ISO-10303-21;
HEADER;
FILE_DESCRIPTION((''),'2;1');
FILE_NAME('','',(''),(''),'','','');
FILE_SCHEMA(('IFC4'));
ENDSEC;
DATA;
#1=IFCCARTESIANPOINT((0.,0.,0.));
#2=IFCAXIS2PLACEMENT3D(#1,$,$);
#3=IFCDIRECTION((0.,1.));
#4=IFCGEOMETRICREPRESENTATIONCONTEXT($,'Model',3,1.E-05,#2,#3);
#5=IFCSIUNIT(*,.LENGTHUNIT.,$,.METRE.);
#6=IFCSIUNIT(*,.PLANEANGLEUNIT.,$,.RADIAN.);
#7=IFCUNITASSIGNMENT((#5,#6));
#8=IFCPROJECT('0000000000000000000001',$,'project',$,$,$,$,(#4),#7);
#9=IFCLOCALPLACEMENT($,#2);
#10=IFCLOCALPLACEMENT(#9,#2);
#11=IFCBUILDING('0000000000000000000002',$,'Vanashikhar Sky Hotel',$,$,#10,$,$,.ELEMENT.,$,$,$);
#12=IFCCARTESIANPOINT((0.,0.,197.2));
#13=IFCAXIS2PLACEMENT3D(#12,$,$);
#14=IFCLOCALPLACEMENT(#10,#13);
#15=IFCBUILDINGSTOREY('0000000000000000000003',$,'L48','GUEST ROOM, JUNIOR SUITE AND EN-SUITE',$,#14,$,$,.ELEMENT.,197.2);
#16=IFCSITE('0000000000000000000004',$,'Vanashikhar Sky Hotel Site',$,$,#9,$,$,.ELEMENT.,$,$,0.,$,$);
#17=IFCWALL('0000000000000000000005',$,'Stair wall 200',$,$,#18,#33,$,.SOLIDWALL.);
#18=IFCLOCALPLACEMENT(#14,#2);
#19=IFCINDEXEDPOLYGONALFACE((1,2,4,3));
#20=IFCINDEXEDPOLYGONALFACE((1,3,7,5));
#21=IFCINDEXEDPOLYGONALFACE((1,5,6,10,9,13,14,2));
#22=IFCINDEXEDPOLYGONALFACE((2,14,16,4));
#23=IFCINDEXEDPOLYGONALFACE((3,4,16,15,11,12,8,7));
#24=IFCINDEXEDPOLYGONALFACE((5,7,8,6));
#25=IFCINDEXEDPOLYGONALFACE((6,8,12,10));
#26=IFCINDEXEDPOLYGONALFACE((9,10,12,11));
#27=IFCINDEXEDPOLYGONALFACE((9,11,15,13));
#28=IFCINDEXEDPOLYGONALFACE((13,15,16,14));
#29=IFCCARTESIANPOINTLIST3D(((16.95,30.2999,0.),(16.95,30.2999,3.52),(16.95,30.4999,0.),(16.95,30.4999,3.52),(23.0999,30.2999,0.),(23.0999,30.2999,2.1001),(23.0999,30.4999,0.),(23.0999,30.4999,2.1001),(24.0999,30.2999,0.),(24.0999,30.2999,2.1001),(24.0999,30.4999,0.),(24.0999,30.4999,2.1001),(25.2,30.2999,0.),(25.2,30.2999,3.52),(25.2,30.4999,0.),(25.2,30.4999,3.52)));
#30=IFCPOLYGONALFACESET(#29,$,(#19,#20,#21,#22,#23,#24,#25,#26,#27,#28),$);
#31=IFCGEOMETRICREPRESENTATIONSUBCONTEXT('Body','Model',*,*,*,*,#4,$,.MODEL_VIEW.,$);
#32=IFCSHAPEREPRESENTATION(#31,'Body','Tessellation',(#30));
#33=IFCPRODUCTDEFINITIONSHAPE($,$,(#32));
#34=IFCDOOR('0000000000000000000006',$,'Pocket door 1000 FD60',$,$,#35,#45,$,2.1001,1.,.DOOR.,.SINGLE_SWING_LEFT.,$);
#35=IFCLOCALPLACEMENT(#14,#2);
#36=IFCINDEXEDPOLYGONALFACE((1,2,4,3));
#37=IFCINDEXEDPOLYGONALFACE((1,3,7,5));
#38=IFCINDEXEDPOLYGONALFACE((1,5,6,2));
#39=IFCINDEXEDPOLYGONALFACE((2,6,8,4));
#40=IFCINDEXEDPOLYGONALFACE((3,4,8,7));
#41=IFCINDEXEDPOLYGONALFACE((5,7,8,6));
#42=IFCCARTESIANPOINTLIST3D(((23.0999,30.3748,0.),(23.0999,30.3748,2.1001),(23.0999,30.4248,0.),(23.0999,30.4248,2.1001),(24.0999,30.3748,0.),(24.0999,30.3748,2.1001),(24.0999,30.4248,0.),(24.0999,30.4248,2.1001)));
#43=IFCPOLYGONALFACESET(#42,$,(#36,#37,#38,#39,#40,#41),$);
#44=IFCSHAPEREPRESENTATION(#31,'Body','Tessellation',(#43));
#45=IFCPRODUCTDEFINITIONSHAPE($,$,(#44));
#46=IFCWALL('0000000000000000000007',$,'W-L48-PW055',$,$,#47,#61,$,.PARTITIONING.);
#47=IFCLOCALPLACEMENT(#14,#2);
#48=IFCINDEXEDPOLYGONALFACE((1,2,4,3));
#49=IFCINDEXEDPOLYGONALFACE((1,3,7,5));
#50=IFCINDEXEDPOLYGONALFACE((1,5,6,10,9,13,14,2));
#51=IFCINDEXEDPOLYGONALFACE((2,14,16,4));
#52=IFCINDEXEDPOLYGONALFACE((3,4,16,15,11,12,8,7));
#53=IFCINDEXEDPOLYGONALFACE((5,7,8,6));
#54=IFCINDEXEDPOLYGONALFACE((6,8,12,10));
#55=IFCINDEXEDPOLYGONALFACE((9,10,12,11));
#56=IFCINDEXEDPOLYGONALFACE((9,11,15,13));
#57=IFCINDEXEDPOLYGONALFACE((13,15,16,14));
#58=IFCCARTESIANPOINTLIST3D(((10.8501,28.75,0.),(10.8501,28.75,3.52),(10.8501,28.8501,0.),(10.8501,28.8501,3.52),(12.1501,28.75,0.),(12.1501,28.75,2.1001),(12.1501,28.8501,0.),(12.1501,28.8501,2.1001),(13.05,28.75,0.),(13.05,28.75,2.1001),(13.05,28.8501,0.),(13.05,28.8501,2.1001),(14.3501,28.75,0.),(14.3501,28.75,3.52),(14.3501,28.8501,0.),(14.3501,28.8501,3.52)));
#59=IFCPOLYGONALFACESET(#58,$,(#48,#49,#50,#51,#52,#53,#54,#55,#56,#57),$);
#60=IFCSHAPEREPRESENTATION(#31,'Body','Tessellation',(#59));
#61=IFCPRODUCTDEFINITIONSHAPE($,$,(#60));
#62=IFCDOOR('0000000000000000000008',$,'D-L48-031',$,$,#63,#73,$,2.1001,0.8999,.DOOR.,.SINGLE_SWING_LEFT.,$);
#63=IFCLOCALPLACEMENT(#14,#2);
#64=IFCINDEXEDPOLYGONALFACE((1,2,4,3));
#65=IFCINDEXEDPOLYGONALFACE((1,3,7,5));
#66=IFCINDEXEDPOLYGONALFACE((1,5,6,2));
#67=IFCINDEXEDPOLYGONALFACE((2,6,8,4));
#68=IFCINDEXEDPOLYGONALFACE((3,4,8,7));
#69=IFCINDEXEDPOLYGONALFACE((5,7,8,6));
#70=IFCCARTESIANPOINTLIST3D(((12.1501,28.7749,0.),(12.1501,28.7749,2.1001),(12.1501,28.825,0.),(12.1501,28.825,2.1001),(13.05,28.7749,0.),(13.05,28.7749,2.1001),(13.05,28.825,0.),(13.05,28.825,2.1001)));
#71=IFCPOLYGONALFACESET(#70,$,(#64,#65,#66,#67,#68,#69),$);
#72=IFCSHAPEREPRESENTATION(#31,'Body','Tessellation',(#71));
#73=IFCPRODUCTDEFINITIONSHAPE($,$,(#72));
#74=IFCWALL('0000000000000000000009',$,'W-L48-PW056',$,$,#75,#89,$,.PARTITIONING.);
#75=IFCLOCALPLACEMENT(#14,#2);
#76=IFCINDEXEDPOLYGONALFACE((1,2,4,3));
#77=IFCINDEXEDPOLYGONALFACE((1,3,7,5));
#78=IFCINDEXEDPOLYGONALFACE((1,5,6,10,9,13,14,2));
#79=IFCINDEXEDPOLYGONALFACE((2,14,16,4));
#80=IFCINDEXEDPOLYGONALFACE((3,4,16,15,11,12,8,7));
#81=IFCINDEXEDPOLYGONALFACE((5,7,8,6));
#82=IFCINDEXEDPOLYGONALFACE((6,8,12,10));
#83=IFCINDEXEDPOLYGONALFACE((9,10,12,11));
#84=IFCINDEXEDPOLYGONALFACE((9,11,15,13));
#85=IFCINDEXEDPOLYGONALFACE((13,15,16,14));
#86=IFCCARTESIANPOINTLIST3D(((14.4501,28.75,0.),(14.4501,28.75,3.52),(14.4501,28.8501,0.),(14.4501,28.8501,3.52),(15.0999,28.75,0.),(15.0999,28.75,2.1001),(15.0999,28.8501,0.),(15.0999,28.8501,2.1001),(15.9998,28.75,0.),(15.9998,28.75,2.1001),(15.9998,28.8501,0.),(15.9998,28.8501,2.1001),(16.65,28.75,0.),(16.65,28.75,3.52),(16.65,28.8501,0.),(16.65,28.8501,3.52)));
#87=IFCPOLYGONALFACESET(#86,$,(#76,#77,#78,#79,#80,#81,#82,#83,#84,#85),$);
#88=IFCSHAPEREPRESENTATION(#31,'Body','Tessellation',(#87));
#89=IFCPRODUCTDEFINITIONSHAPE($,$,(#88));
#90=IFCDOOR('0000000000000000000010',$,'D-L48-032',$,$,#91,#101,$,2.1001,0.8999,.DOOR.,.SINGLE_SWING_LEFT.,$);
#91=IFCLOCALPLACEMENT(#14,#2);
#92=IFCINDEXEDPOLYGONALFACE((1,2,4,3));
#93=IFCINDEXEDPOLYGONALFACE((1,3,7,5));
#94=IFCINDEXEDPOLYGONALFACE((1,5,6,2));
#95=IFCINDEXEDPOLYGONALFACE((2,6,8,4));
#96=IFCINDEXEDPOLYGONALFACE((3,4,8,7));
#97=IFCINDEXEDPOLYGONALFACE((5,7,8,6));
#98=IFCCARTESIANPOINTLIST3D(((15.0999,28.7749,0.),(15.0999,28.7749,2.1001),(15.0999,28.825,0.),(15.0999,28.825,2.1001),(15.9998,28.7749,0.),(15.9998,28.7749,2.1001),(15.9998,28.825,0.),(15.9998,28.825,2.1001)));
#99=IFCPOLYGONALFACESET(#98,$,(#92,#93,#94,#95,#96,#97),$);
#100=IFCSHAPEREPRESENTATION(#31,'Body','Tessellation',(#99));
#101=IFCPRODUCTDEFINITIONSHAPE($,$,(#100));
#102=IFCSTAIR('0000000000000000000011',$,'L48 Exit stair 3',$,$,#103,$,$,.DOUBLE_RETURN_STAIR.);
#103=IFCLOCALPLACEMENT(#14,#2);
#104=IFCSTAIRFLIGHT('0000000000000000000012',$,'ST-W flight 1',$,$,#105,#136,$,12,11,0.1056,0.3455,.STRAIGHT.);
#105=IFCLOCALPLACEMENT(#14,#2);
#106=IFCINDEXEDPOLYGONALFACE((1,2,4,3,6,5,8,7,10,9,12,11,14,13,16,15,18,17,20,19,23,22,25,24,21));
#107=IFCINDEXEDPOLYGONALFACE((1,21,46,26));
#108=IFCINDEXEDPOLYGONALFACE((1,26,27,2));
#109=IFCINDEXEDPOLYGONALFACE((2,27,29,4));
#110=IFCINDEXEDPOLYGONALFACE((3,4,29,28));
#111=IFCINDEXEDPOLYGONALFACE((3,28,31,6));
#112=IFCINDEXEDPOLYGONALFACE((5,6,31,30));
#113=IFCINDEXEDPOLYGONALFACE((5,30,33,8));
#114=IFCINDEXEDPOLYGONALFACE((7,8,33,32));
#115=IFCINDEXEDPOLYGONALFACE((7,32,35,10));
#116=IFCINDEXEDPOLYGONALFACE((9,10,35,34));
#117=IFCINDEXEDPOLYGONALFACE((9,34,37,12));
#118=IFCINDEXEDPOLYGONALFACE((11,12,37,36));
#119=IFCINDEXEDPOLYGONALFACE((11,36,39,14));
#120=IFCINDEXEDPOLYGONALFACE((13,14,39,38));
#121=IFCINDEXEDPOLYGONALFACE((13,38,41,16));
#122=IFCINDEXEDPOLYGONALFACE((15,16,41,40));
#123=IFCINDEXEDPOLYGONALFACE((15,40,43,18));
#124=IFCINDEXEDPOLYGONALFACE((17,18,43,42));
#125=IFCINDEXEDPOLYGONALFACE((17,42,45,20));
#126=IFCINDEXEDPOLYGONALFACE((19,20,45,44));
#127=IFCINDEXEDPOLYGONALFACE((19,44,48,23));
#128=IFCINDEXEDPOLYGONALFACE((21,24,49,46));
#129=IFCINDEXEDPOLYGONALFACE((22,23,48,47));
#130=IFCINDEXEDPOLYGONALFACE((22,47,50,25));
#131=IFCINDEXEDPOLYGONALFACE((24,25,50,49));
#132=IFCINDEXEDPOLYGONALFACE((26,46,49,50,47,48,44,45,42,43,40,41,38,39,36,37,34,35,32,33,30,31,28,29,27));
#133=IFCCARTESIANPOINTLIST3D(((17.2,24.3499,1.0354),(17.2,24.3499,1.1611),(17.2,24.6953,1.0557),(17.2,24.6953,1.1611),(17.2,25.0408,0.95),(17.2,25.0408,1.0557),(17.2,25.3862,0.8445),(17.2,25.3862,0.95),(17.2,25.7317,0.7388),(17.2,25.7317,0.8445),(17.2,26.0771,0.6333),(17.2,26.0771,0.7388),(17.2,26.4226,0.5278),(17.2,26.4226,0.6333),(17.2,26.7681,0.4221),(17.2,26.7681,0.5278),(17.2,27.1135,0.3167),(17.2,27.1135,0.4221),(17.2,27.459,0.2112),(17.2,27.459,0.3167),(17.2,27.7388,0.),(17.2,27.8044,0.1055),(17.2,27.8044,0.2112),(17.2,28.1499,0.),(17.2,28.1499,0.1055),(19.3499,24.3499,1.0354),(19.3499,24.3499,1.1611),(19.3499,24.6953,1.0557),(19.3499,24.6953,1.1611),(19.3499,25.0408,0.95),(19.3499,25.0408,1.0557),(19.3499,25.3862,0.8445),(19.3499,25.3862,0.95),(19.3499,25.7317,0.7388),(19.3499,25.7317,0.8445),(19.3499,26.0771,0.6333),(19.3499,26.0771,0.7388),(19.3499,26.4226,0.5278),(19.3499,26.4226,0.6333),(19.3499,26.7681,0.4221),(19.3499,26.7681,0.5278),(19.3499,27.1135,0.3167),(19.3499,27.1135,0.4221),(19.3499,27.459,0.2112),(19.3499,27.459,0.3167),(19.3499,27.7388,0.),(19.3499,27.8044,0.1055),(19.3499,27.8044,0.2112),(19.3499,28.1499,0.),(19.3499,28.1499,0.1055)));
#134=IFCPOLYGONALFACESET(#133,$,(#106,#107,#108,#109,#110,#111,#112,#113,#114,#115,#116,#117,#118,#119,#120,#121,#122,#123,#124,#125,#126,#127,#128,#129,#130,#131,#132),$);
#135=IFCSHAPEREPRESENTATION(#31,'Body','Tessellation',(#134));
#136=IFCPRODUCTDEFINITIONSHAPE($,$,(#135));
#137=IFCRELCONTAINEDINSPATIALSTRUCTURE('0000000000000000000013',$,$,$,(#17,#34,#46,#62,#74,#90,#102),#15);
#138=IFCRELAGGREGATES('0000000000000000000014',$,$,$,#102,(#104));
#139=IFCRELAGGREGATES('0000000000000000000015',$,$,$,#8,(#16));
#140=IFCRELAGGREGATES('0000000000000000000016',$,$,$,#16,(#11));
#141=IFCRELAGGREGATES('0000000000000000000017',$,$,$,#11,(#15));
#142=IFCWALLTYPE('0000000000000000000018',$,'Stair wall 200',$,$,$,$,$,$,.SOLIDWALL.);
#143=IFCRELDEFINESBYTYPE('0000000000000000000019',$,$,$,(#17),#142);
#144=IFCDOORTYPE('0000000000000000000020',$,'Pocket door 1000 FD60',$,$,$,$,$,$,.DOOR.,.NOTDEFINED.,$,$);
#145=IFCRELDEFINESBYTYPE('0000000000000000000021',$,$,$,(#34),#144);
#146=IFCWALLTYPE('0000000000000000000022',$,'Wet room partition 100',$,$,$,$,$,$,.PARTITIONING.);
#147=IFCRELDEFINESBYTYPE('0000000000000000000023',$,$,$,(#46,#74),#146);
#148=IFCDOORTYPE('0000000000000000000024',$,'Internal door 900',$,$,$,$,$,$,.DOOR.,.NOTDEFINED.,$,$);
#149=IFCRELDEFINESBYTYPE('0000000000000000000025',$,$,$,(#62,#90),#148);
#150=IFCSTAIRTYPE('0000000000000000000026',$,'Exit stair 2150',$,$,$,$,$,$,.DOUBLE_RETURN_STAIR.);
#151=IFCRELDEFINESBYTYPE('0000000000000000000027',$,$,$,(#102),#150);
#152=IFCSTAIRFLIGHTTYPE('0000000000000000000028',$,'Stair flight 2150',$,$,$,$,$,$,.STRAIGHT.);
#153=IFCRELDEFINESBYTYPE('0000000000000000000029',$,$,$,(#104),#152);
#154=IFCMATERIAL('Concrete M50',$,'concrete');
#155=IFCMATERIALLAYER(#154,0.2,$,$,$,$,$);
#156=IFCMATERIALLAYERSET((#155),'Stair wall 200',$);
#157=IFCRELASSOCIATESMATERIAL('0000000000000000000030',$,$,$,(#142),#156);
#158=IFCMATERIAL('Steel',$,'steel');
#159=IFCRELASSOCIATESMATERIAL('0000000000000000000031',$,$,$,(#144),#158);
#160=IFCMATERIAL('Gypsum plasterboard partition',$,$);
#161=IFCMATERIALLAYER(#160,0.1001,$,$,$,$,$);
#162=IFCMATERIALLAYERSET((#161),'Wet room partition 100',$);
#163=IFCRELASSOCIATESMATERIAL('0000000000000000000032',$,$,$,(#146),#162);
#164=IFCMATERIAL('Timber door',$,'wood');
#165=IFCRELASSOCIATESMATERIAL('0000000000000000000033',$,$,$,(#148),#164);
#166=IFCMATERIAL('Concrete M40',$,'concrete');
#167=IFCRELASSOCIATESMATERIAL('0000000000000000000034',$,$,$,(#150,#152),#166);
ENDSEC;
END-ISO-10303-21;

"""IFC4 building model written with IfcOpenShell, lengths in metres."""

from ifc_helpers import new_model, si_unit, direction, frame, frame_2d, origin, place, context, subcontext, project, spatial, polyline, rectangle, outline, extrude, source, transform, mapped, material, layer, layer_set, type_object, element, fill, aggregate, save


model = new_model("IFC4")

# Units and contexts
model_context = context("Model", 3, precision=1e-05, world=origin(), true_north=direction((0.0, 1.0)))
body_context = subcontext(model_context, "Body", "Model", "MODEL_VIEW")
ifc_project = project(units=[si_unit("LENGTHUNIT", "METRE"), si_unit("PLANEANGLEUNIT", "RADIAN")], contexts=[model_context])

# Site, building, storey
site_placement = place(None, origin())
site = spatial("IfcSite", under=ifc_project, at=site_placement, Name="Vanashikhar Sky Hotel Site", CompositionType="ELEMENT", RefElevation=0.0)
building_placement = place(site_placement, origin())
building = spatial("IfcBuilding", under=site, at=building_placement, Name="Vanashikhar Sky Hotel", CompositionType="ELEMENT")
storey_placement = place(building_placement, frame((0.0, 0.0, 197.2)))
storey = spatial("IfcBuildingStorey", under=building, at=storey_placement, Name="L48", Description="GUEST ROOM, JUNIOR SUITE AND EN-SUITE", CompositionType="ELEMENT", Elevation=197.2)

# Shared definitions
ifc_material_1 = material(Name="Concrete M50", Category="concrete")

# Walls, openings, doors
ifc_layer_1 = layer(ifc_material_1, 0.2)
ifc_layer_set_1 = layer_set([ifc_layer_1], Name="Stair wall 200")
wall_type_1 = type_object("IfcWallType", Name="Stair wall 200", PredefinedType="SOLIDWALL", material=ifc_layer_set_1)
shared_shape_1 = source(origin(), body_context, "Body", "SweptSolid", [
    extrude(rectangle(XDim=8.25, YDim=0.2, at=frame_2d((4.125, 0.0))), origin(), (0.0, 0.0, 1.0), 3.52),
])
wall_1_placement = place(storey_placement, frame((16.95, 30.3999, 0.0), z_axis=(0.0, 0.0, 1.0), x_axis=(1.0, 0.0, 0.0)))
wall_1 = element("IfcWall", 1, at=wall_1_placement, inside=storey, type_object=wall_type_1, Name="Stair wall 200", PredefinedType="SOLIDWALL", context=body_context, shape_type="MappedRepresentation", body=[
    mapped(shared_shape_1, transform((0.0, 0.0, 0.0), scale=1.0)),
])
shared_shape_2 = source(origin(), body_context, "Body", "SweptSolid", [
    extrude(rectangle(XDim=1.0, YDim=2.1001, at=frame_2d((0.5, 1.05))), frame((0.0, 0.1099, 0.0), z_axis=(0.0, -1.0, 0.0), x_axis=(1.0, 0.0, 0.0)), (0.0, 0.0, 1.0), 0.22),
])
opening_1_placement = place(wall_1_placement, frame((6.1499, 0.0, 0.0)))
opening_1 = element("IfcOpeningElement", 2, at=opening_1_placement, cuts=wall_1, PredefinedType="OPENING", context=body_context, shape_type="MappedRepresentation", body=[
    mapped(shared_shape_2, transform((0.0, 0.0, 0.0), scale=1.0)),
])
ifc_material_2 = material(Name="Steel", Category="steel")
door_type_1 = type_object("IfcDoorType", Name="Pocket door 1000 FD60", OperationType="NOTDEFINED", PredefinedType="DOOR", material=ifc_material_2)
shared_shape_3 = source(origin(), body_context, "Body", "SweptSolid", [
    extrude(rectangle(XDim=1.0, YDim=2.1001, at=frame_2d((0.5, 1.05))), frame((0.0, 0.0249, 0.0), z_axis=(0.0, -1.0, 0.0), x_axis=(1.0, 0.0, 0.0)), (0.0, 0.0, 1.0), 0.05),
])
door_1_placement = place(opening_1_placement, origin())
door_1 = element("IfcDoor", 3, at=door_1_placement, inside=storey, type_object=door_type_1, Name="Pocket door 1000 FD60", OperationType="SINGLE_SWING_LEFT", OverallHeight=2.1001, OverallWidth=1.0, PredefinedType="DOOR", context=body_context, shape_type="MappedRepresentation", body=[
    mapped(shared_shape_3, transform((0.0, 0.0, 0.0), scale=1.0)),
])
fill(opening_1, door_1)
ifc_material_3 = material(Name="Gypsum plasterboard partition")
ifc_layer_2 = layer(ifc_material_3, 0.1001)
ifc_layer_set_2 = layer_set([ifc_layer_2], Name="Wet room partition 100")
wall_type_2 = type_object("IfcWallType", Name="Wet room partition 100", PredefinedType="PARTITIONING", material=ifc_layer_set_2)
shared_shape_4 = source(origin(), body_context, "Body", "SweptSolid", [
    extrude(rectangle(XDim=3.5, YDim=0.1001, at=frame_2d((1.75, 0.0))), origin(), (0.0, 0.0, 1.0), 3.52),
])
wall_2_placement = place(storey_placement, frame((10.8501, 28.8, 0.0), z_axis=(0.0, 0.0, 1.0), x_axis=(1.0, 0.0, 0.0)))
wall_2 = element("IfcWall", 4, at=wall_2_placement, inside=storey, type_object=wall_type_2, Name="W-L48-PW055", PredefinedType="PARTITIONING", context=body_context, shape_type="MappedRepresentation", body=[
    mapped(shared_shape_4, transform((0.0, 0.0, 0.0), scale=1.0)),
])
shared_shape_5 = source(origin(), body_context, "Body", "SweptSolid", [
    extrude(rectangle(XDim=0.8999, YDim=2.1001, at=frame_2d((0.45, 1.05))), frame((0.0, 0.0601, 0.0), z_axis=(0.0, -1.0, 0.0), x_axis=(1.0, 0.0, 0.0)), (0.0, 0.0, 1.0), 0.1201),
])
opening_2_placement = place(wall_2_placement, frame((1.3, 0.0, 0.0)))
opening_2 = element("IfcOpeningElement", 5, at=opening_2_placement, cuts=wall_2, PredefinedType="OPENING", context=body_context, shape_type="MappedRepresentation", body=[
    mapped(shared_shape_5, transform((0.0, 0.0, 0.0), scale=1.0)),
])
ifc_material_4 = material(Name="Timber door", Category="wood")
door_type_2 = type_object("IfcDoorType", Name="Internal door 900", OperationType="NOTDEFINED", PredefinedType="DOOR", material=ifc_material_4)
shared_shape_6 = source(origin(), body_context, "Body", "SweptSolid", [
    extrude(rectangle(XDim=0.8999, YDim=2.1001, at=frame_2d((0.45, 1.05))), frame((0.0, 0.0249, 0.0), z_axis=(0.0, -1.0, 0.0), x_axis=(1.0, 0.0, 0.0)), (0.0, 0.0, 1.0), 0.05),
])
door_2_placement = place(opening_2_placement, origin())
door_2 = element("IfcDoor", 6, at=door_2_placement, inside=storey, type_object=door_type_2, Name="D-L48-031", OperationType="SINGLE_SWING_LEFT", OverallHeight=2.1001, OverallWidth=0.8999, PredefinedType="DOOR", context=body_context, shape_type="MappedRepresentation", body=[
    mapped(shared_shape_6, transform((0.0, 0.0, 0.0), scale=1.0)),
])
fill(opening_2, door_2)
shared_shape_7 = source(origin(), body_context, "Body", "SweptSolid", [
    extrude(rectangle(XDim=2.2, YDim=0.1001, at=frame_2d((1.1001, 0.0))), origin(), (0.0, 0.0, 1.0), 3.52),
])
wall_3_placement = place(storey_placement, frame((14.45, 28.8, 0.0), z_axis=(0.0, 0.0, 1.0), x_axis=(1.0, 0.0, 0.0)))
wall_3 = element("IfcWall", 7, at=wall_3_placement, inside=storey, type_object=wall_type_2, Name="W-L48-PW056", PredefinedType="PARTITIONING", context=body_context, shape_type="MappedRepresentation", body=[
    mapped(shared_shape_7, transform((0.0, 0.0, 0.0), scale=1.0)),
])
opening_3_placement = place(wall_3_placement, frame((0.6499, 0.0, 0.0)))
opening_3 = element("IfcOpeningElement", 8, at=opening_3_placement, cuts=wall_3, PredefinedType="OPENING", context=body_context, shape_type="MappedRepresentation", body=[
    mapped(shared_shape_5, transform((0.0, 0.0, 0.0), scale=1.0)),
])
door_3_placement = place(opening_3_placement, origin())
door_3 = element("IfcDoor", 9, at=door_3_placement, inside=storey, type_object=door_type_2, Name="D-L48-032", OperationType="SINGLE_SWING_LEFT", OverallHeight=2.1001, OverallWidth=0.8999, PredefinedType="DOOR", context=body_context, shape_type="MappedRepresentation", body=[
    mapped(shared_shape_6, transform((0.0, 0.0, 0.0), scale=1.0)),
])
fill(opening_3, door_3)

# Stair, stair flight
ifc_material_5 = material(Name="Concrete M40", Category="concrete")
stair_type = type_object("IfcStairType", Name="Exit stair 2150", PredefinedType="DOUBLE_RETURN_STAIR", material=ifc_material_5)
stair_placement = place(storey_placement, origin())
stair = element("IfcStair", 10, at=stair_placement, inside=storey, type_object=stair_type, Name="L48 Exit stair 3", PredefinedType="DOUBLE_RETURN_STAIR")
stair_flight_type = type_object("IfcStairFlightType", Name="Stair flight 2150", PredefinedType="STRAIGHT", material=ifc_material_5)
shared_shape_8 = source(origin(), body_context, "Body", "SweptSolid", [
    extrude(outline(polyline([(0.0, 0.0), (0.0, 0.1055), (0.3455, 0.1055), (0.3455, 0.2112), (0.6909, 0.2112), (0.6909, 0.3167), (1.0364, 0.3167), (1.0364, 0.4221), (1.3818, 0.4221), (1.3818, 0.5278), (1.7273, 0.5278), (1.7273, 0.6333), (2.0728, 0.6333), (2.0728, 0.7388), (2.4182, 0.7388), (2.4182, 0.8445), (2.7637, 0.8445), (2.7637, 0.95), (3.1091, 0.95), (3.1091, 1.0557), (3.4546, 1.0557), (3.4546, 1.1611), (3.8, 1.1611), (3.8, 1.2666), (3.8, 1.0354), (0.4111, 0.0), (0.0, 0.0)])), frame((0.0, 1.075, 0.0), z_axis=(0.0, -1.0, 0.0), x_axis=(1.0, 0.0, 0.0)), (0.0, 0.0, 1.0), 2.1499),
])
stair_flight_1_placement = place(storey_placement, frame((18.2749, 28.1499, 0.0), z_axis=(0.0, 0.0, 1.0), x_axis=(0.0, -1.0, 0.0)))
stair_flight_1 = element("IfcStairFlight", 11, at=stair_flight_1_placement, type_object=stair_flight_type, Name="ST-W flight 1", NumberOfRisers=12, NumberOfTreads=11, PredefinedType="STRAIGHT", RiserHeight=0.1056, TreadLength=0.3455, context=body_context, shape_type="MappedRepresentation", body=[
    mapped(shared_shape_8, transform((0.0, 0.0, 0.0), scale=1.0)),
])
aggregate(stair, [stair_flight_1])

save(model, "model.ifc")
